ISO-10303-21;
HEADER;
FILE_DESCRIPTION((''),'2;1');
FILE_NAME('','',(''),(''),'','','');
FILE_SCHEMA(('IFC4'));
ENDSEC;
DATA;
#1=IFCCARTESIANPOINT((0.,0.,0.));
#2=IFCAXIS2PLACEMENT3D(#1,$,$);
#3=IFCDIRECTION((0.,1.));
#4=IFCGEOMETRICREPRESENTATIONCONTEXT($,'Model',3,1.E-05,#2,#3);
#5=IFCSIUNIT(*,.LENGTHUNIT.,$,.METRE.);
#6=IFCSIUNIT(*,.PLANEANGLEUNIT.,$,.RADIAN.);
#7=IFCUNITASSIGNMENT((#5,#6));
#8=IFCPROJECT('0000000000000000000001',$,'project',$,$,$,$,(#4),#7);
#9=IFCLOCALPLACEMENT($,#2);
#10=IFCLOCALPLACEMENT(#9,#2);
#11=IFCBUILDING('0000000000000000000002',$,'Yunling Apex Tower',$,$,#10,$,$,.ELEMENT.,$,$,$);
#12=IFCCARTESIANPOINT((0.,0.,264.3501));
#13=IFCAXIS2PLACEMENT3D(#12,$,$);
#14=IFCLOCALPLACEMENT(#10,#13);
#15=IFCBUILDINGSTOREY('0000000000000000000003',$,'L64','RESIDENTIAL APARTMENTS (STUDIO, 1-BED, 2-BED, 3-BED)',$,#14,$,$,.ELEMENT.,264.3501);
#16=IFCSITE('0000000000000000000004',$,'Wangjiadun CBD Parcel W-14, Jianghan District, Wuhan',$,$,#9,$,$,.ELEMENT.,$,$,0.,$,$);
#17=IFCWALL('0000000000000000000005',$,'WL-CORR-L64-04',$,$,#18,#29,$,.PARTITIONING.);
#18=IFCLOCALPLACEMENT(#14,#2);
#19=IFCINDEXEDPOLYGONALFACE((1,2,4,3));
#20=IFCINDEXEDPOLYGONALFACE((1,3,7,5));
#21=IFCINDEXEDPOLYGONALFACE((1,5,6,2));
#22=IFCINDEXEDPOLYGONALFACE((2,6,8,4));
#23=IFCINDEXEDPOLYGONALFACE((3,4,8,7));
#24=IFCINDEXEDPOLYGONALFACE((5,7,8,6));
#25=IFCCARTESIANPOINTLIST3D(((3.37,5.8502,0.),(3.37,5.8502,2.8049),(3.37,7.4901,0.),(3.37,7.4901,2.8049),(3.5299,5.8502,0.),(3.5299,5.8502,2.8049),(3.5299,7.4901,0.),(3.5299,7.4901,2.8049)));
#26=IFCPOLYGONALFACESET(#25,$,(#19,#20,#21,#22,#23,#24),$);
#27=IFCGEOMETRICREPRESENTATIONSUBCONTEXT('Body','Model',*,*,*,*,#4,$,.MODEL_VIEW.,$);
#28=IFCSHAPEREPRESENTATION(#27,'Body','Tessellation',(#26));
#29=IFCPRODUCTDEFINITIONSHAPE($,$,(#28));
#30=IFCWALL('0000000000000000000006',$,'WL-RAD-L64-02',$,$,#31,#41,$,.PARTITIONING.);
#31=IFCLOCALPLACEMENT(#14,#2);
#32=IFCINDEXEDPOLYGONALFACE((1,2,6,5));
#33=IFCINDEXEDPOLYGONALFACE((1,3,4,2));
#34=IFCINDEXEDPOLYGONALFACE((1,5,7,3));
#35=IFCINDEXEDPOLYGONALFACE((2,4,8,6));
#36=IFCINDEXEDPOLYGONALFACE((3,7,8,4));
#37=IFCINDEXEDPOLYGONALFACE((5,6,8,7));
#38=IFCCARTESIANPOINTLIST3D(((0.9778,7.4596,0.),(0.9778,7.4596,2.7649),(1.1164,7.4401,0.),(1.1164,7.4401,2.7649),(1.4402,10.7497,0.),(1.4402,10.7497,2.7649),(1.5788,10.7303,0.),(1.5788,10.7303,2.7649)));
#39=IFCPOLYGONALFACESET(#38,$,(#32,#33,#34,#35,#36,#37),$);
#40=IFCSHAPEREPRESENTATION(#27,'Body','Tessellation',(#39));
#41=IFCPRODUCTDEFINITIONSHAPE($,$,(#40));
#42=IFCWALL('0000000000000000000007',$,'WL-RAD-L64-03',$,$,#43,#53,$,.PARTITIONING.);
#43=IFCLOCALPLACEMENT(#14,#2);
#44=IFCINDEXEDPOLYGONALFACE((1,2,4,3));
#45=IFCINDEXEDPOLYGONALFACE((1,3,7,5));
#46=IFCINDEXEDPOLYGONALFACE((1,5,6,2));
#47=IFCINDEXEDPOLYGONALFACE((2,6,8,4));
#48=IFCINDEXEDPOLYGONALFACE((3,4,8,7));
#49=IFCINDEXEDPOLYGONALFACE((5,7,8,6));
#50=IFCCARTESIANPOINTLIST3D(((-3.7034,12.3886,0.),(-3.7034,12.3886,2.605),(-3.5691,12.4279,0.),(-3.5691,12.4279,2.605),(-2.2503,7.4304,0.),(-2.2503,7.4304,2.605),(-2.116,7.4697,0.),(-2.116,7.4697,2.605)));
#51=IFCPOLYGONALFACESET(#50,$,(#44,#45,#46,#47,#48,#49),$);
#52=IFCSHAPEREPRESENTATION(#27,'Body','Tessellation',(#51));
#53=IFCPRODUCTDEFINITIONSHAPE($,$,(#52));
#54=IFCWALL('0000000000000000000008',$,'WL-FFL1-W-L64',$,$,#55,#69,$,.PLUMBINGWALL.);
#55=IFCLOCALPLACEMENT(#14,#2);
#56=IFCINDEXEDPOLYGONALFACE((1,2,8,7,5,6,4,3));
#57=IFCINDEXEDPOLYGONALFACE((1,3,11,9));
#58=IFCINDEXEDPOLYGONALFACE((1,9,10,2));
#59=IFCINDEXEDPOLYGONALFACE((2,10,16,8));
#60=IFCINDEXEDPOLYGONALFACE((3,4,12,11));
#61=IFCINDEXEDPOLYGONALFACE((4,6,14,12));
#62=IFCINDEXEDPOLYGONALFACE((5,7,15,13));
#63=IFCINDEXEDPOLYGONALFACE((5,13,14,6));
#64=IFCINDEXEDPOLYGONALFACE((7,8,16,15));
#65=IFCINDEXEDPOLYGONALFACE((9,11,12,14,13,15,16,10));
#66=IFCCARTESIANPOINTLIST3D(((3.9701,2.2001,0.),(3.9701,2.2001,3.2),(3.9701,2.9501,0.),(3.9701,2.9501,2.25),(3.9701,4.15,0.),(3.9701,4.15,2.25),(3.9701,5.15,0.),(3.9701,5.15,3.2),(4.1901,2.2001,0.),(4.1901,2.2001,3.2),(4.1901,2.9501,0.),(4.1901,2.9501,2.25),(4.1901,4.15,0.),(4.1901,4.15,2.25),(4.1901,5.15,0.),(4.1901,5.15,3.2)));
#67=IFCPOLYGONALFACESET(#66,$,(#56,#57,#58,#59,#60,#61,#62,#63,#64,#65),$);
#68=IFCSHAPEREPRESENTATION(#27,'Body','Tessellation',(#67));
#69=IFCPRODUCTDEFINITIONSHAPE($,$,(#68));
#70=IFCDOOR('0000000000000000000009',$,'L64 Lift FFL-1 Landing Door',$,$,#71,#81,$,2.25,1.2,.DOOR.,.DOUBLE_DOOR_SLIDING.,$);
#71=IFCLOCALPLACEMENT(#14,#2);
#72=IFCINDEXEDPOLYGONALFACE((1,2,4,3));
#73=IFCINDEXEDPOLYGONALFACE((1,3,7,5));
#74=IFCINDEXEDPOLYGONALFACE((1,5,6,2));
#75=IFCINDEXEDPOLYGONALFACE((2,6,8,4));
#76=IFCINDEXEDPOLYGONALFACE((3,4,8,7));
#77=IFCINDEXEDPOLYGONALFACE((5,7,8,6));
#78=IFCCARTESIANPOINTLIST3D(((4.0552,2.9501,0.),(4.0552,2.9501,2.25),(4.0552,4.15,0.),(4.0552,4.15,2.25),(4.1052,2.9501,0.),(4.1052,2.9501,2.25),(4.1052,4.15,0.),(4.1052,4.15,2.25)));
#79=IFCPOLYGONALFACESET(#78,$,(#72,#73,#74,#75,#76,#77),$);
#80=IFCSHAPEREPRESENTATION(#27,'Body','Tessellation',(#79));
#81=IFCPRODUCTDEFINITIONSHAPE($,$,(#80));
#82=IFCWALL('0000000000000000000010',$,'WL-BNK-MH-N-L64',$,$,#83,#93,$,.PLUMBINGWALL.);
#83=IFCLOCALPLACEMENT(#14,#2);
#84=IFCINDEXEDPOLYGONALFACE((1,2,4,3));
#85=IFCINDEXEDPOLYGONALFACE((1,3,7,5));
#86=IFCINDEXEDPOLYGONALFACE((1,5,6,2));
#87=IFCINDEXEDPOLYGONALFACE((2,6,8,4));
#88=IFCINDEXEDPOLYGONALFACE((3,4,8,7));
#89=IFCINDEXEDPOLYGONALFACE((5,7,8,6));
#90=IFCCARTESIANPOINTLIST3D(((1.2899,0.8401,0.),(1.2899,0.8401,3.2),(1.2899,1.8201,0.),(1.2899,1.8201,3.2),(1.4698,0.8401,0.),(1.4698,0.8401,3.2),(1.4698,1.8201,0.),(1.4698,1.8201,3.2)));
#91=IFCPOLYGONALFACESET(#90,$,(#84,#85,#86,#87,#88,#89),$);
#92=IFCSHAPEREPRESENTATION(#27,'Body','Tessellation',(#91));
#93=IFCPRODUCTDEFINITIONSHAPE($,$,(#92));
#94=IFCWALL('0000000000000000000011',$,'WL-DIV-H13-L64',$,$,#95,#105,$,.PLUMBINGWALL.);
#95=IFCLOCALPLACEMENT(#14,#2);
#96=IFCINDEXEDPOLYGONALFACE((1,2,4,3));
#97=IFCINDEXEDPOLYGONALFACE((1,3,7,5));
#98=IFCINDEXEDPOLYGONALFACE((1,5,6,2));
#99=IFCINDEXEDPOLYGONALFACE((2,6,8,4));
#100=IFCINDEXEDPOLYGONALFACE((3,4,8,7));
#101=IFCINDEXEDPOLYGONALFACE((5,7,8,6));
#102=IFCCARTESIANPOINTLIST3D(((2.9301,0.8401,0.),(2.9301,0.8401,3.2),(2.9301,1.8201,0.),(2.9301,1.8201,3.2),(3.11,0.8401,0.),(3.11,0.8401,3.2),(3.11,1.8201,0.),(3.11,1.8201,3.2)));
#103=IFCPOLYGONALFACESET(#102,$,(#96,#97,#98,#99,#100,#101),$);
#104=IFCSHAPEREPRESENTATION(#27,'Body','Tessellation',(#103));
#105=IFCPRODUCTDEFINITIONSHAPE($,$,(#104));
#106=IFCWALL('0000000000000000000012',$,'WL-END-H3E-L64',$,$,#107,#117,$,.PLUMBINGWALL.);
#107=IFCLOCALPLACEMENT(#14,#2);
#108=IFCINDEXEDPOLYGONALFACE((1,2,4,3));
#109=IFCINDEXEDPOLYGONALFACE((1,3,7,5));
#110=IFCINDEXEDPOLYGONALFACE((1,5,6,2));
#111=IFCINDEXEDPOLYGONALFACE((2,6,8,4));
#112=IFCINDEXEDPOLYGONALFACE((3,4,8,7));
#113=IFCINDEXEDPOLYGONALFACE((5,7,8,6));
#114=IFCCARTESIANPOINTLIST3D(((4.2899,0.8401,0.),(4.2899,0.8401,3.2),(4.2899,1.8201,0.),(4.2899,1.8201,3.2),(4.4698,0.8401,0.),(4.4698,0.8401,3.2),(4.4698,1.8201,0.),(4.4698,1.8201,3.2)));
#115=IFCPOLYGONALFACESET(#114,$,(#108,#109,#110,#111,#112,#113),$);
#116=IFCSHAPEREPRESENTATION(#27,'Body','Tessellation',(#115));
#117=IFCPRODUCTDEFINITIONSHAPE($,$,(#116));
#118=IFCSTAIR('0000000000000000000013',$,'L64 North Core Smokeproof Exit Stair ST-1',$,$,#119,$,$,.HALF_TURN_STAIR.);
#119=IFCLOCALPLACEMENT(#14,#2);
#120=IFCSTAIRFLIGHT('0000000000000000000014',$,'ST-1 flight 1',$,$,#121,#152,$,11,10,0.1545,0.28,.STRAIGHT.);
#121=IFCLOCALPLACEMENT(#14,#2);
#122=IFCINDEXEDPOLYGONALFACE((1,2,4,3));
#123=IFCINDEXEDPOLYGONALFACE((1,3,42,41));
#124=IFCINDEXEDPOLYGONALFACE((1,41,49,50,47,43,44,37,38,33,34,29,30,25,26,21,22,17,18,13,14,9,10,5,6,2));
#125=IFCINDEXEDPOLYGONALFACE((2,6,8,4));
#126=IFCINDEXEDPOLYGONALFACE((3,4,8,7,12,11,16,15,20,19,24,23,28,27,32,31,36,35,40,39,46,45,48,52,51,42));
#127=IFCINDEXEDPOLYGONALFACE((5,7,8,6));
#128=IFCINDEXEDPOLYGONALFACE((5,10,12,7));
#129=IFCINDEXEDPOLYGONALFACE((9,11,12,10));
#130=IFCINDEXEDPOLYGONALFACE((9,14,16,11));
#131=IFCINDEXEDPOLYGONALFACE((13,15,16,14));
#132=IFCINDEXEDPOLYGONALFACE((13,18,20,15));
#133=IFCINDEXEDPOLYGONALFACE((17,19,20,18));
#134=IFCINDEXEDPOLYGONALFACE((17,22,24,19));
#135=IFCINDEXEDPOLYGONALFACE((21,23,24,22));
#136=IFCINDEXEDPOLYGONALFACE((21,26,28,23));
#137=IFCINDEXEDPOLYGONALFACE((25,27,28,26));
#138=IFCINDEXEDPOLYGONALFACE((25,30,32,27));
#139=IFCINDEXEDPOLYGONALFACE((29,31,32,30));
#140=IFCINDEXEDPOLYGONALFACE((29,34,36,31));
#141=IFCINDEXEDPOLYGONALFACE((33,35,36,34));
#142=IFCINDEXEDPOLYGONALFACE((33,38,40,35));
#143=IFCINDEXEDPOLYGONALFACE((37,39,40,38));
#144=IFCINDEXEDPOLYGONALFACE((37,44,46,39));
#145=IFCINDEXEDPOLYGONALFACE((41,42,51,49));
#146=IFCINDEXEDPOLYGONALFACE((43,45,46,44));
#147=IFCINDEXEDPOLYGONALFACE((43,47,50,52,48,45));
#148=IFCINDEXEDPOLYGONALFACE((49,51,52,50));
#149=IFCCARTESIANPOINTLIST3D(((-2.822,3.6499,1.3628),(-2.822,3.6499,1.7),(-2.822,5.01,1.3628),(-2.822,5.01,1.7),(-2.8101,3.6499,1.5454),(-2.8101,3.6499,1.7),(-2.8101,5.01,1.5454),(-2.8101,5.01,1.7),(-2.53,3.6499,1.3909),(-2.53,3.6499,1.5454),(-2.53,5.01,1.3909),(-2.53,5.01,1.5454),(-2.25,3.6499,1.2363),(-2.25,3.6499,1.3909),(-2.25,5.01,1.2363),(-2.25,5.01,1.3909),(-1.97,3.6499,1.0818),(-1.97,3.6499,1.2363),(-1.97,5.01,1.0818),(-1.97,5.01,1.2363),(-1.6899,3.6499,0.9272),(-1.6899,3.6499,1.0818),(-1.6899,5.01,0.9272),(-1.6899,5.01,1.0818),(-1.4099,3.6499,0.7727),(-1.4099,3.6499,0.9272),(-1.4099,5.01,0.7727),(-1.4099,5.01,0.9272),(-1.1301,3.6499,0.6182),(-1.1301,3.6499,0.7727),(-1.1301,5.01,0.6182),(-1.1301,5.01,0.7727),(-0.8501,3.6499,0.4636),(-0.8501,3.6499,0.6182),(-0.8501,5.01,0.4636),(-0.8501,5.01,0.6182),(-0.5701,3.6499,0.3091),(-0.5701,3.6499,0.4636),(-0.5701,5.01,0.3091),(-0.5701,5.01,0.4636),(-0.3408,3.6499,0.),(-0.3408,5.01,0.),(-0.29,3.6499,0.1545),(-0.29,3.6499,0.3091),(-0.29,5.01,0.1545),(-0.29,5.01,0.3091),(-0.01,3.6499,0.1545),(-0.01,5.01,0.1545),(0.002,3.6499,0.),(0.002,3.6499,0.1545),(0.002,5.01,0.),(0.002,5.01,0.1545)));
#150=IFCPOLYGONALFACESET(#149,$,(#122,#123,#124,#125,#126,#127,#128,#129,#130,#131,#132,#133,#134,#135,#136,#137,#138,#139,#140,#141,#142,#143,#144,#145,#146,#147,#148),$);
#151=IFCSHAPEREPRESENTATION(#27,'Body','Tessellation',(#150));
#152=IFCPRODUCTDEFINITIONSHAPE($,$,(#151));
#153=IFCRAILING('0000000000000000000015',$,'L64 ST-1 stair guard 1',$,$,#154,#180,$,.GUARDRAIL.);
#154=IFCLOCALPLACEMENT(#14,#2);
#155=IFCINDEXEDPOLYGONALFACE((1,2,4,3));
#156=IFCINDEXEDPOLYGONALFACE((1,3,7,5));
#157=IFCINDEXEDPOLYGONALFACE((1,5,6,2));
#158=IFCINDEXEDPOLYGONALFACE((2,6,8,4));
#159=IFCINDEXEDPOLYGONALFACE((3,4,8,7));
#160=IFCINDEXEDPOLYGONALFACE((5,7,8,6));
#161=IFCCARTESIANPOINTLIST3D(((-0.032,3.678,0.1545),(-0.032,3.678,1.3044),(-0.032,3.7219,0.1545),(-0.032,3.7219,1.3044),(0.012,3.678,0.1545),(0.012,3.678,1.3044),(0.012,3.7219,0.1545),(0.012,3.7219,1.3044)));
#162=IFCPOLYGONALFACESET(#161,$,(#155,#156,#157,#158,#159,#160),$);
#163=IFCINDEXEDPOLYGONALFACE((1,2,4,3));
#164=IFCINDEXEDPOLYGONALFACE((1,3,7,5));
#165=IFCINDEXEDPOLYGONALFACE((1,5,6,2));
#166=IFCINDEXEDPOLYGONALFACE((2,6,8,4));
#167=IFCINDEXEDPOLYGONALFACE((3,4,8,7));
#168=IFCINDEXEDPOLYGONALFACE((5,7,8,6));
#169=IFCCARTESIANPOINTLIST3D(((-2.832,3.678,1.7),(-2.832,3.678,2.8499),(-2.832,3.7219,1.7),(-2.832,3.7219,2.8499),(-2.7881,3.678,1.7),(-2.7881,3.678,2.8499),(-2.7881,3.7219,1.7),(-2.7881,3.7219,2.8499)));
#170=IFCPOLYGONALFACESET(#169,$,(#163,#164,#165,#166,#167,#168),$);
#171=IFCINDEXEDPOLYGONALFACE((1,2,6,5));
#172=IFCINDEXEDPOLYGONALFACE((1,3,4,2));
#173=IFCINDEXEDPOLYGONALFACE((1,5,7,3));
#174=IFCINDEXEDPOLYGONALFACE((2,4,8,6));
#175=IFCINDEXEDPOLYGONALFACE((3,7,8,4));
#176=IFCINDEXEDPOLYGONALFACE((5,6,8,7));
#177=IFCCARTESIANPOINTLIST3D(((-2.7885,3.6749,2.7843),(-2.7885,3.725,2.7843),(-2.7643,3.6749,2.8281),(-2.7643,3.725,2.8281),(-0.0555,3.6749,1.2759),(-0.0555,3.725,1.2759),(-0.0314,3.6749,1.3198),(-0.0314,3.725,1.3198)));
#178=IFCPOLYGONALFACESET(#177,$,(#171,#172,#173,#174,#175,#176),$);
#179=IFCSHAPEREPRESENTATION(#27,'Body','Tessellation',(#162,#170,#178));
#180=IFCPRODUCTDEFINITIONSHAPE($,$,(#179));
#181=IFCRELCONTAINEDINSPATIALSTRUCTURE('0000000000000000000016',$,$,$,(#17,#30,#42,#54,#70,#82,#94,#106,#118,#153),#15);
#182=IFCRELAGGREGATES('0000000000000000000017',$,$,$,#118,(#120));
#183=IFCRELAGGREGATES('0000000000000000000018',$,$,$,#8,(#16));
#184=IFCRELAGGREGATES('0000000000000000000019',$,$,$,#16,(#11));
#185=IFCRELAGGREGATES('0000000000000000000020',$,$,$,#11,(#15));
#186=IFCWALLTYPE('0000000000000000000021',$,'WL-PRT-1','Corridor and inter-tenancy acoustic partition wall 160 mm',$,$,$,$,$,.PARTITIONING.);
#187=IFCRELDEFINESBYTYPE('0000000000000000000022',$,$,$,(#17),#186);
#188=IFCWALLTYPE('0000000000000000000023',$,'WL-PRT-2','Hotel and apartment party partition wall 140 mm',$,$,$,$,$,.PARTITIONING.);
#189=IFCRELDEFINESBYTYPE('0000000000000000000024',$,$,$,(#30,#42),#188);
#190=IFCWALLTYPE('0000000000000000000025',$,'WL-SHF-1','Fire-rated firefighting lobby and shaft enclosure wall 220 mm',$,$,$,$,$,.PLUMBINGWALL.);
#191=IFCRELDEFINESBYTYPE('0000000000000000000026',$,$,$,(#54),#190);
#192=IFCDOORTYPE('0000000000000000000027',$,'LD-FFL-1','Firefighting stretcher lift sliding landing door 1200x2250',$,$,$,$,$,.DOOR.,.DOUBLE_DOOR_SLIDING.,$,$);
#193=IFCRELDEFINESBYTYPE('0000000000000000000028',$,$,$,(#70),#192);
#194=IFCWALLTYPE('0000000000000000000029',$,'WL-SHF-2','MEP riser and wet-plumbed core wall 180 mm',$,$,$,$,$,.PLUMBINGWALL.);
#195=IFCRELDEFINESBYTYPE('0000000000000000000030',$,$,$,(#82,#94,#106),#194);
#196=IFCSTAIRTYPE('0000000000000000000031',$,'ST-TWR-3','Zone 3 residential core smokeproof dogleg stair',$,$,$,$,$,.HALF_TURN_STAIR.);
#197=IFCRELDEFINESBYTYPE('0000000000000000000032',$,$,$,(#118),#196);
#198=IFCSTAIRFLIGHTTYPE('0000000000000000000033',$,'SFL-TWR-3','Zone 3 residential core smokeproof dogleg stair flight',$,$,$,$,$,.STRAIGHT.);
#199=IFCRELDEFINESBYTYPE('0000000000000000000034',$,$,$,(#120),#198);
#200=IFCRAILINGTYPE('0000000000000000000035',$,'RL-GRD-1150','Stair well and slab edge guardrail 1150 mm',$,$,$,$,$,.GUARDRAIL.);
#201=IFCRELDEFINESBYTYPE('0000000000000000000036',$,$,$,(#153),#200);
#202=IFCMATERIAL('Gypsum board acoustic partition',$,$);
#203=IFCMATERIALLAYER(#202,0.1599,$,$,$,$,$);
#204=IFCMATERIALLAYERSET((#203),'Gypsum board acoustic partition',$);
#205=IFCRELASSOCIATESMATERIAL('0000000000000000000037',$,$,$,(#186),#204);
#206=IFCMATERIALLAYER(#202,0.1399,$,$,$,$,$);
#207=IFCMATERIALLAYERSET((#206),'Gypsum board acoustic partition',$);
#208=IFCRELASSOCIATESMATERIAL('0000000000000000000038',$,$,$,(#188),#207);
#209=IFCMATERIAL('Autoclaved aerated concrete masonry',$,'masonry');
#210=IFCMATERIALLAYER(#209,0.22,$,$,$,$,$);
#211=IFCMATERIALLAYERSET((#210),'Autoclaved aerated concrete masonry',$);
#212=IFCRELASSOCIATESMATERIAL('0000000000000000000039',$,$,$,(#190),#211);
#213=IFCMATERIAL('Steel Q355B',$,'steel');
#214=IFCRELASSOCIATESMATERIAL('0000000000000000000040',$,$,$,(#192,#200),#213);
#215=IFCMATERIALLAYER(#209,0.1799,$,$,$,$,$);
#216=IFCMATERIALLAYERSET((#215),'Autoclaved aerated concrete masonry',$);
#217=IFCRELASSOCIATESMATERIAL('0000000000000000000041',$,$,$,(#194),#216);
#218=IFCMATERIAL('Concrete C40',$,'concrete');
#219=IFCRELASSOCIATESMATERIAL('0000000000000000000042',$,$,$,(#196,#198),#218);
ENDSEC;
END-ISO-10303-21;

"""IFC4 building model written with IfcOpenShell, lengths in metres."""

from ifc_helpers import new_model, si_unit, direction, frame, frame_2d, origin, origin_2d, place, context, subcontext, project, spatial, polyline, rectangle, outline, extrude, material, layer, layer_set, type_object, element, fill, aggregate, save


model = new_model("IFC4")

# Units and contexts
model_context = context("Model", 3, precision=1e-05, world=origin(), true_north=direction((0.0, 1.0)))
body_context = subcontext(model_context, "Body", "Model", "MODEL_VIEW")
ifc_project = project(units=[si_unit("LENGTHUNIT", "METRE"), si_unit("PLANEANGLEUNIT", "RADIAN")], contexts=[model_context])

# Site, building, storey
site_placement = place(None, origin())
site = spatial("IfcSite", under=ifc_project, at=site_placement, Name="Wangjiadun CBD Parcel W-14, Jianghan District, Wuhan", CompositionType="ELEMENT", RefElevation=0.0)
building_placement = place(site_placement, origin())
building = spatial("IfcBuilding", under=site, at=building_placement, Name="Yunling Apex Tower", CompositionType="ELEMENT")
storey_placement = place(building_placement, frame((0.0, 0.0, 264.3501)))
storey = spatial("IfcBuildingStorey", under=building, at=storey_placement, Name="L64", Description="RESIDENTIAL APARTMENTS (STUDIO, 1-BED, 2-BED, 3-BED)", CompositionType="ELEMENT", Elevation=264.3501)

# Shared definitions
ifc_material_1 = material(Name="Steel Q355B", Category="steel")

# Walls
ifc_material_2 = material(Name="Concrete C40", Category="concrete")
ifc_material_3 = material(Name="Gypsum board acoustic partition")
ifc_layer_1 = layer(ifc_material_3, 0.1599)
ifc_layer_set_1 = layer_set([ifc_layer_1], Name="Gypsum board acoustic partition")
wall_type_1 = type_object("IfcWallType", Name="WL-PRT-1", Description="Corridor and inter-tenancy acoustic partition wall 160 mm", PredefinedType="PARTITIONING", material=ifc_layer_set_1)
wall_1_placement = place(storey_placement, frame((3.45, 7.49, 0.0), z_axis=(0.0, 0.0, 1.0), x_axis=(0.0, -1.0, 0.0)))
element("IfcWall", 1, at=wall_1_placement, inside=storey, type_object=wall_type_1, Name="WL-CORR-L64-04", PredefinedType="PARTITIONING", context=body_context, shape_type="SweptSolid", body=[
    extrude(rectangle(XDim=1.6399, YDim=0.1599, at=frame_2d((0.8198, 0.0))), origin(), (0.0, 0.0, 1.0), 2.8049),
])
ifc_layer_2 = layer(ifc_material_3, 0.1399)
ifc_layer_set_2 = layer_set([ifc_layer_2], Name="Gypsum board acoustic partition")
wall_type_2 = type_object("IfcWallType", Name="WL-PRT-2", Description="Hotel and apartment party partition wall 140 mm", PredefinedType="PARTITIONING", material=ifc_layer_set_2)
wall_2_placement = place(storey_placement, frame((1.0471, 7.45, 0.0), z_axis=(0.0, 0.0, 1.0), x_axis=(0.139168, 0.990269, 0.0)))
element("IfcWall", 2, at=wall_2_placement, inside=storey, type_object=wall_type_2, Name="WL-RAD-L64-02", PredefinedType="PARTITIONING", context=body_context, shape_type="SweptSolid", body=[
    extrude(rectangle(XDim=3.3225, YDim=0.1399, at=frame_2d((1.6611, 0.0))), origin(), (0.0, 0.0, 1.0), 2.7649),
])
wall_3_placement = place(storey_placement, frame((-2.1831, 7.45, 0.0), z_axis=(0.0, 0.0, 1.0), x_axis=(-0.281243, 0.959637, 0.0)))
element("IfcWall", 3, at=wall_3_placement, inside=storey, type_object=wall_type_2, Name="WL-RAD-L64-03", PredefinedType="PARTITIONING", context=body_context, shape_type="SweptSolid", body=[
    extrude(rectangle(XDim=5.1667, YDim=0.1399, at=frame_2d((2.5835, 0.0))), origin(), (0.0, 0.0, 1.0), 2.605),
])

# Wall, opening, door
ifc_material_4 = material(Name="Autoclaved aerated concrete masonry", Category="masonry")
ifc_layer_3 = layer(ifc_material_4, 0.22)
ifc_layer_set_3 = layer_set([ifc_layer_3], Name="Autoclaved aerated concrete masonry")
wall_type_3 = type_object("IfcWallType", Name="WL-SHF-1", Description="Fire-rated firefighting lobby and shaft enclosure wall 220 mm", PredefinedType="PLUMBINGWALL", material=ifc_layer_set_3)
wall_4_placement = place(storey_placement, frame((4.0801, 2.2, 0.0), z_axis=(0.0, 0.0, 1.0), x_axis=(0.0, 1.0, 0.0)))
wall_4 = element("IfcWall", 4, at=wall_4_placement, inside=storey, type_object=wall_type_3, Name="WL-FFL1-W-L64", PredefinedType="PLUMBINGWALL", context=body_context, shape_type="SweptSolid", body=[
    extrude(rectangle(XDim=2.95, YDim=0.22, at=frame_2d((1.4751, 0.0))), origin(), (0.0, 0.0, 1.0), 3.2),
])
opening_1_placement = place(wall_4_placement, frame((0.75, 0.0, 0.0)))
opening_1 = element("IfcOpeningElement", 5, at=opening_1_placement, cuts=wall_4, PredefinedType="OPENING", context=body_context, shape_type="SweptSolid", body=[
    extrude(rectangle(XDim=1.2, YDim=2.25, at=frame_2d((0.6001, 1.125))), frame((0.0, 0.1201, 0.0), z_axis=(0.0, -1.0, 0.0), x_axis=(1.0, 0.0, 0.0)), (0.0, 0.0, 1.0), 0.24),
])
door_type_1 = type_object("IfcDoorType", Name="LD-FFL-1", Description="Firefighting stretcher lift sliding landing door 1200x2250", OperationType="DOUBLE_DOOR_SLIDING", PredefinedType="DOOR", material=ifc_material_1)
door_1_placement = place(opening_1_placement, origin())
door_1 = element("IfcDoor", 6, at=door_1_placement, inside=storey, type_object=door_type_1, Name="L64 Lift FFL-1 Landing Door", OperationType="DOUBLE_DOOR_SLIDING", OverallHeight=2.25, OverallWidth=1.2, PredefinedType="DOOR", context=body_context, shape_type="SweptSolid", body=[
    extrude(rectangle(XDim=1.2, YDim=2.25, at=frame_2d((0.6001, 1.125))), frame((0.0, 0.0249, 0.0), z_axis=(0.0, -1.0, 0.0), x_axis=(1.0, 0.0, 0.0)), (0.0, 0.0, 1.0), 0.05),
])
fill(opening_1, door_1)

# Walls
ifc_layer_4 = layer(ifc_material_4, 0.1799)
ifc_layer_set_4 = layer_set([ifc_layer_4], Name="Autoclaved aerated concrete masonry")
wall_type_4 = type_object("IfcWallType", Name="WL-SHF-2", Description="MEP riser and wet-plumbed core wall 180 mm", PredefinedType="PLUMBINGWALL", material=ifc_layer_set_4)
for number, where, z_axis, x_axis, name in (
    (7, (1.3799, 0.8401, 0.0), (0.0, 0.0, 1.0), (0.0, 1.0, 0.0), "WL-BNK-MH-N-L64"),
    (8, (3.02, 0.8401, 0.0), (0.0, 0.0, 1.0), (0.0, 1.0, 0.0), "WL-DIV-H13-L64"),
    (9, (4.3799, 0.8401, 0.0), (0.0, 0.0, 1.0), (0.0, 1.0, 0.0), "WL-END-H3E-L64"),
):
    element("IfcWall", number, at=place(storey_placement, frame(where, z_axis=z_axis, x_axis=x_axis)), inside=storey, type_object=wall_type_4, Name=name, PredefinedType="PLUMBINGWALL", context=body_context, shape_type="SweptSolid", body=[
        extrude(rectangle(XDim=0.98, YDim=0.1799, at=frame_2d((0.49, 0.0))), origin(), (0.0, 0.0, 1.0), 3.2),
    ])

# Stair, stair flight
stair_type = type_object("IfcStairType", Name="ST-TWR-3", Description="Zone 3 residential core smokeproof dogleg stair", PredefinedType="HALF_TURN_STAIR", material=ifc_material_2)
stair_placement = place(storey_placement, origin())
stair = element("IfcStair", 10, at=stair_placement, inside=storey, type_object=stair_type, Name="L64 North Core Smokeproof Exit Stair ST-1", PredefinedType="HALF_TURN_STAIR")
stair_flight_type = type_object("IfcStairFlightType", Name="SFL-TWR-3", Description="Zone 3 residential core smokeproof dogleg stair flight", PredefinedType="STRAIGHT", material=ifc_material_2)
stair_flight_placement = place(storey_placement, frame((-0.01, 4.3301, 0.0), z_axis=(0.0, 0.0, 1.0), x_axis=(-1.0, 0.0, 0.0)))
stair_flight = element("IfcStairFlight", 11, at=stair_flight_placement, type_object=stair_flight_type, Name="ST-1 flight 1", NumberOfRisers=11, NumberOfTreads=10, PredefinedType="STRAIGHT", RiserHeight=0.1545, TreadLength=0.28, context=body_context, shape_type="SweptSolid", body=[
    extrude(outline(polyline([(-0.012, 0.0), (-0.012, 0.1545), (0.0, 0.1545), (0.28, 0.1545), (0.28, 0.3091), (0.5601, 0.3091), (0.5601, 0.4636), (0.8401, 0.4636), (0.8401, 0.6182), (1.1201, 0.6182), (1.1201, 0.7727), (1.3999, 0.7727), (1.3999, 0.9272), (1.6799, 0.9272), (1.6799, 1.0818), (1.96, 1.0818), (1.96, 1.2363), (2.24, 1.2363), (2.24, 1.3909), (2.52, 1.3909), (2.52, 1.5454), (2.8, 1.5454), (2.8, 1.7), (2.812, 1.7), (2.812, 1.3628), (0.3308, 0.0), (-0.012, 0.0)])), frame((0.0, 0.6802, 0.0), z_axis=(0.0, -1.0, 0.0), x_axis=(1.0, 0.0, 0.0)), (0.0, 0.0, 1.0), 1.3601),
])
aggregate(stair, [stair_flight])

# Railing
railing_type_1 = type_object("IfcRailingType", Name="RL-GRD-1150", Description="Stair well and slab edge guardrail 1150 mm", PredefinedType="GUARDRAIL", material=ifc_material_1)
railing_1_placement = place(storey_placement, frame((-0.01, 3.7, 0.1545)))
element("IfcRailing", 12, at=railing_1_placement, inside=storey, type_object=railing_type_1, Name="L64 ST-1 stair guard 1", PredefinedType="GUARDRAIL", context=body_context, shape_type="SweptSolid", body=[
    extrude(rectangle(XDim=0.0439, YDim=0.0439, at=origin_2d()), origin(), (0.0, 0.0, 1.0), 1.1499),
    extrude(rectangle(XDim=0.0439, YDim=0.0439, at=origin_2d()), frame((-2.8, 0.0, 1.5454)), (0.0, 0.0, 1.0), 1.1499),
    extrude(rectangle(XDim=0.05, YDim=0.05, at=origin_2d()), frame((-0.0334, 0.0, 1.1433), z_axis=(-0.875504, 0.0, 0.483211), x_axis=(0.0, -1.0, 0.0)), (0.0, 0.0, 1.0), 3.1216),
])

save(model, "model.ifc")
